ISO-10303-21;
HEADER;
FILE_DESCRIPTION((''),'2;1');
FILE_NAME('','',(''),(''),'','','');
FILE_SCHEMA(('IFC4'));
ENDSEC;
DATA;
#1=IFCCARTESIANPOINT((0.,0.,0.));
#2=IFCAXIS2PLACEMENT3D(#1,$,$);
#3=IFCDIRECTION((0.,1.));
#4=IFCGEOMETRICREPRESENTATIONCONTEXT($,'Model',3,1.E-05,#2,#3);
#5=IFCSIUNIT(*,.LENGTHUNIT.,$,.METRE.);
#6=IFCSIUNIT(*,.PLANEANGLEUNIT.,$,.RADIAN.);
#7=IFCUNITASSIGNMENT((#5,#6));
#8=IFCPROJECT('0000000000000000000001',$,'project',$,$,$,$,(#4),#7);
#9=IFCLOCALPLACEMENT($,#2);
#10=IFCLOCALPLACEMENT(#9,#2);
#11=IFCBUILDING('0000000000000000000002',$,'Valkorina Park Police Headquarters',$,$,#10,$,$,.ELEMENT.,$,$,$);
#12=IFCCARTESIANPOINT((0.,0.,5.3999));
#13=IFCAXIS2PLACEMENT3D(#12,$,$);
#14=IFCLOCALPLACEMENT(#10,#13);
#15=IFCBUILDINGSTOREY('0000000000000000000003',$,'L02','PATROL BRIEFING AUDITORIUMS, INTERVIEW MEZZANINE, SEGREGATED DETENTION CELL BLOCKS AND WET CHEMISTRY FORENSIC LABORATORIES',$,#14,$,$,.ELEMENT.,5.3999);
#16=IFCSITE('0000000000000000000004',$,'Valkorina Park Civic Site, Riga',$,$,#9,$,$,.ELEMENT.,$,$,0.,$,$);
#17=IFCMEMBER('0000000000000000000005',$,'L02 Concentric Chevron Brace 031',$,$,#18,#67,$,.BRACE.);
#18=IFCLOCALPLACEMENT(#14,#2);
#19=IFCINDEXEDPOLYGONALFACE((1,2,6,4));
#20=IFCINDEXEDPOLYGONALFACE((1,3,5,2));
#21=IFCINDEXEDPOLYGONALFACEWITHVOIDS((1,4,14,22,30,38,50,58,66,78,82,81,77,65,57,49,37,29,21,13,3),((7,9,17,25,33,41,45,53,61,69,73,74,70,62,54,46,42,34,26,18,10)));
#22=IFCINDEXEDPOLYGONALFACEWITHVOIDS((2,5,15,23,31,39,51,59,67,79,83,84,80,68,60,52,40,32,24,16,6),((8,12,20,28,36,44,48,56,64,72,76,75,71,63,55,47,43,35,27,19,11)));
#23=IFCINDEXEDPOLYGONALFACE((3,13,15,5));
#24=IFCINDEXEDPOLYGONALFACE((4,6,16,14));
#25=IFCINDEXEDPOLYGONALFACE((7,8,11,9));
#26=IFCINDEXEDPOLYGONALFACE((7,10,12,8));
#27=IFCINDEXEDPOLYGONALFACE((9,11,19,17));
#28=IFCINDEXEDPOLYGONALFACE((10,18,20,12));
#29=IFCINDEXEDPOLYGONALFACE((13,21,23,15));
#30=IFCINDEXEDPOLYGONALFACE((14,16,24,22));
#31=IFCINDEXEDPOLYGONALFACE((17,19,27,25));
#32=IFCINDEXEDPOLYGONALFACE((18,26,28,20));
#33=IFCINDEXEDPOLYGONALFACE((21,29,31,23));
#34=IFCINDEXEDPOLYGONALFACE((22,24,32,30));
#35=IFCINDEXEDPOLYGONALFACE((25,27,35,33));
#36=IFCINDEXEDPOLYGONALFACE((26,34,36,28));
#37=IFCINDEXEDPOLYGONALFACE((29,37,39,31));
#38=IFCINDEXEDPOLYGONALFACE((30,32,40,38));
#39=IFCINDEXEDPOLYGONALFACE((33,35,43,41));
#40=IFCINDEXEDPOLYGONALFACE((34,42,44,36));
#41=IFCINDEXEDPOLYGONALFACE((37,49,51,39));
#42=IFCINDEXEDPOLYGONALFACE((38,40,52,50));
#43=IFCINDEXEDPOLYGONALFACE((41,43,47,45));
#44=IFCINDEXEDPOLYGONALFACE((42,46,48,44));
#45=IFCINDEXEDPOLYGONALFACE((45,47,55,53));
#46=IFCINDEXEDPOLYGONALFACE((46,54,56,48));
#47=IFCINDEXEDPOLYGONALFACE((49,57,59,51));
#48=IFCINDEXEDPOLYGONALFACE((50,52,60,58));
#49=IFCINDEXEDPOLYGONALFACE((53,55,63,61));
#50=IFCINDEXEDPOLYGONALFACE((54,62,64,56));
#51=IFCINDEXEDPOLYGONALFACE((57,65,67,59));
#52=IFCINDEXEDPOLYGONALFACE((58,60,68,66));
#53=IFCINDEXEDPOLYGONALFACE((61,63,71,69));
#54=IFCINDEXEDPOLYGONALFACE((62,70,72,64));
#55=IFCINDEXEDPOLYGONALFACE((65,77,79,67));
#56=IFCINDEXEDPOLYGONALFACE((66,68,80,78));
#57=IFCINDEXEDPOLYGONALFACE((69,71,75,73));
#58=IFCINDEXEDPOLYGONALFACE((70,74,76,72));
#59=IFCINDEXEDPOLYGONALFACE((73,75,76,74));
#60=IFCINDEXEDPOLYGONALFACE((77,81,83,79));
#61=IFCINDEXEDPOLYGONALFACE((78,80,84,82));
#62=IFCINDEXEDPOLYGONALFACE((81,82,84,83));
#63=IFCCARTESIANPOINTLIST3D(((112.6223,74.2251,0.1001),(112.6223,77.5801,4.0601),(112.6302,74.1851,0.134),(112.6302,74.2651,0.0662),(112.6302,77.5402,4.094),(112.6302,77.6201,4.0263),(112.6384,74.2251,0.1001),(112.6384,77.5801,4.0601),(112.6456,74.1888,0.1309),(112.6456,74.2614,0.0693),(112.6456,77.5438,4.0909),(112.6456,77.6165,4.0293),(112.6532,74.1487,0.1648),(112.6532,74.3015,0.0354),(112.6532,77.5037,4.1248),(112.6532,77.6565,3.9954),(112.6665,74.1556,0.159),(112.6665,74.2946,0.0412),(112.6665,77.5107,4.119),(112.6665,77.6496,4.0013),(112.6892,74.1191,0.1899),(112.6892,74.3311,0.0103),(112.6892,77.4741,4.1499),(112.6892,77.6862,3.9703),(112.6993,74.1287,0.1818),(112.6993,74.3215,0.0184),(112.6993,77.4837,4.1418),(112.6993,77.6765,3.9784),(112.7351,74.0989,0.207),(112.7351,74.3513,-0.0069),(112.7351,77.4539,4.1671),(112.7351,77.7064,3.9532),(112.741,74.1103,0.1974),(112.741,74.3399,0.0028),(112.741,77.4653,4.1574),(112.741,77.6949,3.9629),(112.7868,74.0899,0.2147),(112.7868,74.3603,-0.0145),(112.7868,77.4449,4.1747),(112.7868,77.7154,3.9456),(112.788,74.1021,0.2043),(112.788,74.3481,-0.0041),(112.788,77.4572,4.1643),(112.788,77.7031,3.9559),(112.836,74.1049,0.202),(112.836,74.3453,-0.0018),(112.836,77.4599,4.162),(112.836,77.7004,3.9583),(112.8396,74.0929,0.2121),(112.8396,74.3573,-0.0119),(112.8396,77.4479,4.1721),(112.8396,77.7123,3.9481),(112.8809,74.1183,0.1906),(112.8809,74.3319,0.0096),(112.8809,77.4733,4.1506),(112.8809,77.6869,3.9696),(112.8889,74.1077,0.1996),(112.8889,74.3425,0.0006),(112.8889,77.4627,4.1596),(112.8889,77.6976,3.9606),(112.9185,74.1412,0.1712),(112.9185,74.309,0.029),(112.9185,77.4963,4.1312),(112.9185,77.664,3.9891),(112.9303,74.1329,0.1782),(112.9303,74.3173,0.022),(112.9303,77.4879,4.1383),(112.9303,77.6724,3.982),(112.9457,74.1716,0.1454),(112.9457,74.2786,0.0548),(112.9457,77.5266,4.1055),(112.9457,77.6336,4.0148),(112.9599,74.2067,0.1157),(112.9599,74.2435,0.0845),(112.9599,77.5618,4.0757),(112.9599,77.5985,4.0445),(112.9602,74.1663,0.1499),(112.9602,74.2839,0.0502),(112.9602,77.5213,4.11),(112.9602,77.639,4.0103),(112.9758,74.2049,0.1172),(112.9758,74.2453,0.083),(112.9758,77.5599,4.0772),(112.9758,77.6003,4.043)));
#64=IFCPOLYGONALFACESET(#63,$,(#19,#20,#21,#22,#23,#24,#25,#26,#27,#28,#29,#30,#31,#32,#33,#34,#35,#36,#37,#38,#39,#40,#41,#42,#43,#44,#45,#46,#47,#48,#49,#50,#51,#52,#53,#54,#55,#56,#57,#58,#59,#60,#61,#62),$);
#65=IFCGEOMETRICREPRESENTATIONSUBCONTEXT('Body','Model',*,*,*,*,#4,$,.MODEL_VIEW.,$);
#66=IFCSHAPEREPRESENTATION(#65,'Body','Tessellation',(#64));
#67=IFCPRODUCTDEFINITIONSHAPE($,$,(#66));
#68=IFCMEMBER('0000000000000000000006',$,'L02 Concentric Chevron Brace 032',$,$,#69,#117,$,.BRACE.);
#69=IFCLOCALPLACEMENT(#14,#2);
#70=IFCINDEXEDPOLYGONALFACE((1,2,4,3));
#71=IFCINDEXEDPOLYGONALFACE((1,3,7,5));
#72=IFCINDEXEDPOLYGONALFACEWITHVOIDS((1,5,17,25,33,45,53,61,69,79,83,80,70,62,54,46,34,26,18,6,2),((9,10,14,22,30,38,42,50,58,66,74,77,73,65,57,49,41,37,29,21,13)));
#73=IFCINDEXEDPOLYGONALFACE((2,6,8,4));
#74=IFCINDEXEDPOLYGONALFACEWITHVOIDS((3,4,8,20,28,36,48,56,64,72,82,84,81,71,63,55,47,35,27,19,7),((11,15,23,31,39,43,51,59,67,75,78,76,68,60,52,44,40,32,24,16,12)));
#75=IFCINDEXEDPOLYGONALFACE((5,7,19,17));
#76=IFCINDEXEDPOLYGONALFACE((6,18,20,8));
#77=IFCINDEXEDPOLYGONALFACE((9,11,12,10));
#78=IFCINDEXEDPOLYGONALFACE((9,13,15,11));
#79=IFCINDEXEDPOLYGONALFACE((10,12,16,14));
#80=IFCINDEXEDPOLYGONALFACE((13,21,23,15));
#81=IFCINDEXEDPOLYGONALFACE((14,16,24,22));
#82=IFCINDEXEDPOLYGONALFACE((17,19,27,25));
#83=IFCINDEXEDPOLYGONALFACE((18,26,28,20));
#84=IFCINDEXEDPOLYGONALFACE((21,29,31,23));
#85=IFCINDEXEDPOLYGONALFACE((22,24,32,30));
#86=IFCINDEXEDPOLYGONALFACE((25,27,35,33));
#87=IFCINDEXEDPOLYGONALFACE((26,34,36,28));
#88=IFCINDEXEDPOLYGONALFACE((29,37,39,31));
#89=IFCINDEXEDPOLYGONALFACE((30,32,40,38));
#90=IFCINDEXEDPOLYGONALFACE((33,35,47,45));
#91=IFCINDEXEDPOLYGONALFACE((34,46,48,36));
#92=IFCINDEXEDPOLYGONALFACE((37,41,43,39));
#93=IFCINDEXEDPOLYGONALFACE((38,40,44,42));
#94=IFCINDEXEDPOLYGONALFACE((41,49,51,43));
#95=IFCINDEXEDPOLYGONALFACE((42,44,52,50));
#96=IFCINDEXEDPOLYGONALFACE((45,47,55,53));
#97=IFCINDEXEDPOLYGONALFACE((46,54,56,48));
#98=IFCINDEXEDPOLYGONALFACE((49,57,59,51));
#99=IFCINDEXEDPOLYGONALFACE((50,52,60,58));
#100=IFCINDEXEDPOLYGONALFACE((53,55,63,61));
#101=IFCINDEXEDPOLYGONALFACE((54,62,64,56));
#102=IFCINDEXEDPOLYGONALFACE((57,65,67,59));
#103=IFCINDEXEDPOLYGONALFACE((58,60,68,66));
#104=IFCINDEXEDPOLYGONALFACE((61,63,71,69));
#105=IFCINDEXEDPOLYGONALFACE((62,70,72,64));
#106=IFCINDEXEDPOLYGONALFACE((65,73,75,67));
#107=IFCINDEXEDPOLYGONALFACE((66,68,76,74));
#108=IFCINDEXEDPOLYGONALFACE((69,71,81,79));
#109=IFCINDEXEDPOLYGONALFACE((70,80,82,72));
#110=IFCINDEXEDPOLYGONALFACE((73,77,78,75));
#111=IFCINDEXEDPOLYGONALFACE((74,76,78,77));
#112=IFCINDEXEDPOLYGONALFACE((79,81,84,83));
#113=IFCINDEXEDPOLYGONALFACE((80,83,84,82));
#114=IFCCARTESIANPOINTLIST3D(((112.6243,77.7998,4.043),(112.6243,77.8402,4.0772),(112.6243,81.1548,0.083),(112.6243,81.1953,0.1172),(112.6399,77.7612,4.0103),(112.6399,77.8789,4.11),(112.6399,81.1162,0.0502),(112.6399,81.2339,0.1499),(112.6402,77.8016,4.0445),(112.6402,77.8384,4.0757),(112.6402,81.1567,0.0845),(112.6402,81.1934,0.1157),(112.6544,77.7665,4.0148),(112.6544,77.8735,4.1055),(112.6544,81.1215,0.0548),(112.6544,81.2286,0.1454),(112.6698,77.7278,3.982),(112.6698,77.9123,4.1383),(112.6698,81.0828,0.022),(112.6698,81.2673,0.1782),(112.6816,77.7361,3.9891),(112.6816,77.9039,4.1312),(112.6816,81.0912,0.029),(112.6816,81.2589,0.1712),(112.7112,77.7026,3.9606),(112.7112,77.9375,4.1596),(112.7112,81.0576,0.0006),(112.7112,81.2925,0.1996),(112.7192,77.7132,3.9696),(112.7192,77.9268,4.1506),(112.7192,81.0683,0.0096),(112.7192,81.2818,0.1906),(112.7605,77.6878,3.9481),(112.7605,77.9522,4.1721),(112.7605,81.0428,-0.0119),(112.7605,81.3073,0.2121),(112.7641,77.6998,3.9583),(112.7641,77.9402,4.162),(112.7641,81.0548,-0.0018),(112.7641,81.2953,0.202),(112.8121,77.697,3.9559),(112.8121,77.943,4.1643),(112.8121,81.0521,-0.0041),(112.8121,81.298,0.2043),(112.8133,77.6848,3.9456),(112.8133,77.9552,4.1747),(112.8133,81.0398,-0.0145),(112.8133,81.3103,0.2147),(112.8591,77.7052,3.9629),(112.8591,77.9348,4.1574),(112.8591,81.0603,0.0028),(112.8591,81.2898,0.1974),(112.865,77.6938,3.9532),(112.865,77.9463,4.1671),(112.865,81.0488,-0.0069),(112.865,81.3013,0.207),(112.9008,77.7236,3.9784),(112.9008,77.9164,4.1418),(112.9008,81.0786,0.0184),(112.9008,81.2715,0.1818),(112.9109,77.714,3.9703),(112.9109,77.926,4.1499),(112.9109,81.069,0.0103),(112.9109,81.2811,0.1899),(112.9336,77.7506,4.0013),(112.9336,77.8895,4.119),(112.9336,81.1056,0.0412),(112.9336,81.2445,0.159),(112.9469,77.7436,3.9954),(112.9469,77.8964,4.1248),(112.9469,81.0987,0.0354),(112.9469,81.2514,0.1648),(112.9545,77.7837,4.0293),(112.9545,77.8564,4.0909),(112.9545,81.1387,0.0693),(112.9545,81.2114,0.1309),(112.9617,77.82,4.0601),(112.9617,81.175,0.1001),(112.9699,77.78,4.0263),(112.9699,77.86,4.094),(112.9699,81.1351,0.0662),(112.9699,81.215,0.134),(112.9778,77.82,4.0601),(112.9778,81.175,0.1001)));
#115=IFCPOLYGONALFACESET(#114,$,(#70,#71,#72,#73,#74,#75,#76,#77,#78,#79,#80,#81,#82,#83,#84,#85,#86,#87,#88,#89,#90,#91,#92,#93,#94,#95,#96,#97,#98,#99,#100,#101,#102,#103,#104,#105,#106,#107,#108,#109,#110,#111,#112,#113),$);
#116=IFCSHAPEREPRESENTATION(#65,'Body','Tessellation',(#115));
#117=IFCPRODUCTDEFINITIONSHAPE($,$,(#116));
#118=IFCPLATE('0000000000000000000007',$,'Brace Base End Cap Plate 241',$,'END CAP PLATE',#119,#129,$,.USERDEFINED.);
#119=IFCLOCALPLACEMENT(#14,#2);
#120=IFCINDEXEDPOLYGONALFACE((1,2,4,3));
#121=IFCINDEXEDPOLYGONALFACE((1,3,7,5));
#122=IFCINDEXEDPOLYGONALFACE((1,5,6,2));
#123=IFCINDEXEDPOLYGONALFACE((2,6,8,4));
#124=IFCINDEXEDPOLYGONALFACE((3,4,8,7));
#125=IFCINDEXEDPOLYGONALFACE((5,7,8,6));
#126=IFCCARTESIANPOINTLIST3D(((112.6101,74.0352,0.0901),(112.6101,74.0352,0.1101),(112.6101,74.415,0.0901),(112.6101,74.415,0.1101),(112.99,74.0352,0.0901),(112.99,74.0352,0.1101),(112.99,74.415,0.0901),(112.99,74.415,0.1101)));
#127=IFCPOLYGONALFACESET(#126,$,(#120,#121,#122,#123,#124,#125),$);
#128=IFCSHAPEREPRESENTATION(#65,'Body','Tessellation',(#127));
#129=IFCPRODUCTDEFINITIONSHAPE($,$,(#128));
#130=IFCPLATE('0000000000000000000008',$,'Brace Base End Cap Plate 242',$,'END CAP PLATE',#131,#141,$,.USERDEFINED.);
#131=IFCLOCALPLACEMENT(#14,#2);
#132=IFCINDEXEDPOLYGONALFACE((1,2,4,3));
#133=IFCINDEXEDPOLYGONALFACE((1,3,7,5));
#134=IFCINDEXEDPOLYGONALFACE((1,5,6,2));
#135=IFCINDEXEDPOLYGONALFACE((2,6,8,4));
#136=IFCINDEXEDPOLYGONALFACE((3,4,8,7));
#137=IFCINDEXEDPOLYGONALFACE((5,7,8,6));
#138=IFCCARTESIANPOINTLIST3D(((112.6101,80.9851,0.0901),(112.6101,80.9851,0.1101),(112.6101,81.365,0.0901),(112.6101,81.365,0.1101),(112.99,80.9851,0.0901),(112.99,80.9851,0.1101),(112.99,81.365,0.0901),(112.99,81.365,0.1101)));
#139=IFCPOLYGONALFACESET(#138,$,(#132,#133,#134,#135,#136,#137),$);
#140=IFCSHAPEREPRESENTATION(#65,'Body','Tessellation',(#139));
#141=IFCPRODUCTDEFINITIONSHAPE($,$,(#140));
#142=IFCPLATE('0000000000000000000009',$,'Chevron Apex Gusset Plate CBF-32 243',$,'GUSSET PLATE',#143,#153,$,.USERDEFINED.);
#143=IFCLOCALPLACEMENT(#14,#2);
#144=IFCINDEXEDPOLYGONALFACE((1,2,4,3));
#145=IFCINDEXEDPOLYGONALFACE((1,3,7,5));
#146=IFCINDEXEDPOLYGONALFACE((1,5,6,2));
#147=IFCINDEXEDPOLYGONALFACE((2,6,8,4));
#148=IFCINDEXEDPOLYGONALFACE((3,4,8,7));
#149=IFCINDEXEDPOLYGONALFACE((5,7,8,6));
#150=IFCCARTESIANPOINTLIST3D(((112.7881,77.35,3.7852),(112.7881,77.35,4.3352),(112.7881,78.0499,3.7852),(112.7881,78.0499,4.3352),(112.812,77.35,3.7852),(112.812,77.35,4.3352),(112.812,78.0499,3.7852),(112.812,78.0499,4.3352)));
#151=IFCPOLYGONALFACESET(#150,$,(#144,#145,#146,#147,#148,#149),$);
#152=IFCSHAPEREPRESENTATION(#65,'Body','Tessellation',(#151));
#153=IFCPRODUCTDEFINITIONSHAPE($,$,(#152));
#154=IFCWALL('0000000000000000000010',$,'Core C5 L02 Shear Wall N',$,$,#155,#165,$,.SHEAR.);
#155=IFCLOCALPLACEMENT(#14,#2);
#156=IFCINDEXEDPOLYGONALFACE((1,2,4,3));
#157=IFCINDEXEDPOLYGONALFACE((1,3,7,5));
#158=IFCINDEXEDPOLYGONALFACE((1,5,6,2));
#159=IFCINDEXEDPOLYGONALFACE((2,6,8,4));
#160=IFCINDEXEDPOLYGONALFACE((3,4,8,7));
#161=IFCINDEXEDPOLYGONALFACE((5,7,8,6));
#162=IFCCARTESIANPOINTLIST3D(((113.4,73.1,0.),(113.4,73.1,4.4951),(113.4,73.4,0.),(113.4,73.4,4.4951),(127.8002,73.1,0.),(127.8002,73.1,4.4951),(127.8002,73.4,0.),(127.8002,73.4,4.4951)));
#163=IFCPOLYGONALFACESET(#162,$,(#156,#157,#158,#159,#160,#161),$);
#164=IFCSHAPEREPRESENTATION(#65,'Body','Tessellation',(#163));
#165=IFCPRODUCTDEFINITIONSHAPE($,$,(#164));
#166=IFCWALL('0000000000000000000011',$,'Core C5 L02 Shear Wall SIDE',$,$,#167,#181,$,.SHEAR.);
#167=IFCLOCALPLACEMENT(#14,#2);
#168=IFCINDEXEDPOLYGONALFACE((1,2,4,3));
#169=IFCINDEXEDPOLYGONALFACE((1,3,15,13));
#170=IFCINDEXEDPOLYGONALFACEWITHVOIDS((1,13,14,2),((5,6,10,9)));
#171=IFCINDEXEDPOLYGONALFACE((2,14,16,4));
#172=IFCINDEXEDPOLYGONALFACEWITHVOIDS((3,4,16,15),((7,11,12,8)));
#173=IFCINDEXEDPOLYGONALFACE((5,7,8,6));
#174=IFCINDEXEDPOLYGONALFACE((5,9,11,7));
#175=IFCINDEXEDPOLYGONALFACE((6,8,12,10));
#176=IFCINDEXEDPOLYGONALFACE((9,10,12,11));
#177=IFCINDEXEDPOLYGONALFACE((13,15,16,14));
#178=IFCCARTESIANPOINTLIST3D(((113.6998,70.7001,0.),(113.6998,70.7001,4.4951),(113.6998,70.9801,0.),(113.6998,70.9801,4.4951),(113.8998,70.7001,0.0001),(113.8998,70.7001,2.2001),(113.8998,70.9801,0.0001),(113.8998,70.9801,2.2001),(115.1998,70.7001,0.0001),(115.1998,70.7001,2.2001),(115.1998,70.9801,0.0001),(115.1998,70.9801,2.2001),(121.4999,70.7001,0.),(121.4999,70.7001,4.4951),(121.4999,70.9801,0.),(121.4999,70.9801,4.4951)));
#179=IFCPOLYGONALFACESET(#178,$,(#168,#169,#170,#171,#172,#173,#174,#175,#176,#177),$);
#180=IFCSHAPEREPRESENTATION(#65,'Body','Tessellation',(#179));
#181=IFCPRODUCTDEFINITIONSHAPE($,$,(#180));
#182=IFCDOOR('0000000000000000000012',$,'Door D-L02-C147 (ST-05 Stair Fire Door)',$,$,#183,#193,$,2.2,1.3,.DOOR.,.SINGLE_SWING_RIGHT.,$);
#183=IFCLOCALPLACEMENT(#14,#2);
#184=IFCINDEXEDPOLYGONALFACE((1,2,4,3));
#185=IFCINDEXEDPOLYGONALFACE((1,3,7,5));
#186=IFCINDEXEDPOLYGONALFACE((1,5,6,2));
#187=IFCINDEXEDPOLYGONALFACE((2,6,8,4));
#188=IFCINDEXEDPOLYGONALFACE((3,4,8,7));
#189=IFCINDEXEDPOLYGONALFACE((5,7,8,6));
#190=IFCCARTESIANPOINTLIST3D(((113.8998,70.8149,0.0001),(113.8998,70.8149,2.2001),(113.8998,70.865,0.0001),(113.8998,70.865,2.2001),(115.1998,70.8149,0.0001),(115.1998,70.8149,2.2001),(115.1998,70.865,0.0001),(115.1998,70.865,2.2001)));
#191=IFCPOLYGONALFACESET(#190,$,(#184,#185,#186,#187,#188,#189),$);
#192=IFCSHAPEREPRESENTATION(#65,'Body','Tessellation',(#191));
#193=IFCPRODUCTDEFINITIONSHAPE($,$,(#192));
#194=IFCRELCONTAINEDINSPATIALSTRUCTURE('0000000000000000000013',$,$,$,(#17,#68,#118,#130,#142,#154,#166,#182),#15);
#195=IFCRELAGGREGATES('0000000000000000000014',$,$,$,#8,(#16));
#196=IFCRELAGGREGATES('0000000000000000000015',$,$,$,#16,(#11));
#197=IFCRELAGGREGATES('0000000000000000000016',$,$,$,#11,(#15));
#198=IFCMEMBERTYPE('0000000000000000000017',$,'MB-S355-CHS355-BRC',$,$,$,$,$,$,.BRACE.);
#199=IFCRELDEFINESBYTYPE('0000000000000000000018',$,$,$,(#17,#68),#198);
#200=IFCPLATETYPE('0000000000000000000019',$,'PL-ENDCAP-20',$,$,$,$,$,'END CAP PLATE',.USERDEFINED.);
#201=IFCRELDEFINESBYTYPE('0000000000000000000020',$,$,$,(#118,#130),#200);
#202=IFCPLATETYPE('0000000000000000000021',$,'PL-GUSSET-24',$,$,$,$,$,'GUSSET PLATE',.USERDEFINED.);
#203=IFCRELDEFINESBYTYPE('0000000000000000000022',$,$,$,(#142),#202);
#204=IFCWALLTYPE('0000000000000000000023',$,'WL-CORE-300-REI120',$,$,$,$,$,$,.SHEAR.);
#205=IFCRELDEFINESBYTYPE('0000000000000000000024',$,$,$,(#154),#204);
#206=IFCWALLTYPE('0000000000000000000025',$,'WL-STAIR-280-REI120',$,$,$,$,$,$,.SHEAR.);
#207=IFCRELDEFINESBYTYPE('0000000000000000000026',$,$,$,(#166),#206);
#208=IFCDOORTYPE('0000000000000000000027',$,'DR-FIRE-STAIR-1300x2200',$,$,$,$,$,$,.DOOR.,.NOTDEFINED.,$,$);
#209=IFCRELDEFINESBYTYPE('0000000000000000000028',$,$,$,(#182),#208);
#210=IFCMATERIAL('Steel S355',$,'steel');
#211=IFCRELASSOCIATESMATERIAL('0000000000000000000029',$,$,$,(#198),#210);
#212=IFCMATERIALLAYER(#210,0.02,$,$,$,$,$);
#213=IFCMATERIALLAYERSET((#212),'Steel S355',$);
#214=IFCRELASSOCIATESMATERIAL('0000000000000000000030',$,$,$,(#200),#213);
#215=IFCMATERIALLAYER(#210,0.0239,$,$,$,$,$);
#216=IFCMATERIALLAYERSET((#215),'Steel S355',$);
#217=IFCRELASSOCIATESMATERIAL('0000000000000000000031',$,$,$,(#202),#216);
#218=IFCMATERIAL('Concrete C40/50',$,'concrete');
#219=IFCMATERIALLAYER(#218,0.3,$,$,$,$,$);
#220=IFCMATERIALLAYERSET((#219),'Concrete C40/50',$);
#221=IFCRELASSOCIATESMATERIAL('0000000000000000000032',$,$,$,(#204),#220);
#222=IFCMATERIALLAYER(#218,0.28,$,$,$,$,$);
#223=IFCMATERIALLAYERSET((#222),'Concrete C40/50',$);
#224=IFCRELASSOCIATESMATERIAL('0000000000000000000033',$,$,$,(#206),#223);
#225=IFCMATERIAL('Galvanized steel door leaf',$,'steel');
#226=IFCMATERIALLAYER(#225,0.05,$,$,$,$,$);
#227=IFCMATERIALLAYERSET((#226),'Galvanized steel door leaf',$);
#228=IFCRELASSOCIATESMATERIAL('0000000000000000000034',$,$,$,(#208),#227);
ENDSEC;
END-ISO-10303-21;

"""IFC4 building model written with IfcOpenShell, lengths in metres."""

from ifc_helpers import new_model, si_unit, direction, frame, frame_2d, origin, origin_2d, place, context, subcontext, project, spatial, rectangle, hollow_circle, extrude, material, layer, layer_set, material_profile, profile_set, type_object, element, fill, save


model = new_model("IFC4")

# Units and contexts
model_context = context("Model", 3, precision=1e-05, world=origin(), true_north=direction((0.0, 1.0)))
body_context = subcontext(model_context, "Body", "Model", "MODEL_VIEW")
ifc_project = project(units=[si_unit("LENGTHUNIT", "METRE"), si_unit("PLANEANGLEUNIT", "RADIAN")], contexts=[model_context])

# Site, building, storey
site_placement = place(None, origin())
site = spatial("IfcSite", under=ifc_project, at=site_placement, Name="Valkorina Park Civic Site, Riga", CompositionType="ELEMENT", RefElevation=0.0)
building_placement = place(site_placement, origin())
building = spatial("IfcBuilding", under=site, at=building_placement, Name="Valkorina Park Police Headquarters", CompositionType="ELEMENT")
storey_placement = place(building_placement, frame((0.0, 0.0, 5.3999)))
storey = spatial("IfcBuildingStorey", under=building, at=storey_placement, Name="L02", Description="PATROL BRIEFING AUDITORIUMS, INTERVIEW MEZZANINE, SEGREGATED DETENTION CELL BLOCKS AND WET CHEMISTRY FORENSIC LABORATORIES", CompositionType="ELEMENT", Elevation=5.3999)

# Shared definitions
ifc_material_1 = material(Name="Steel S355", Category="steel")

# Members
ifc_material_profile_1 = material_profile(ifc_material_1, hollow_circle(Radius=0.1777, WallThickness=0.0161, at=origin_2d()), Name="CHS 355.6x16")
ifc_profile_set_1 = profile_set([ifc_material_profile_1], Name="Steel S355")
member_type = type_object("IfcMemberType", Name="MB-S355-CHS355-BRC", PredefinedType="BRACE", material=ifc_profile_set_1)
for number, where, z_axis, x_axis, name in (
    (1, (112.8, 74.2251, 0.1001), (0.0, 0.646419, 0.762983), (-1.0, 0.0, 0.0), "L02 Concentric Chevron Brace 031"),
    (2, (112.8, 81.175, 0.1001), (0.0, -0.646419, 0.762983), (1.0, 0.0, 0.0), "L02 Concentric Chevron Brace 032"),
):
    element("IfcMember", number, at=place(storey_placement, frame(where, z_axis=z_axis, x_axis=x_axis)), inside=storey, type_object=member_type, Name=name, PredefinedType="BRACE", context=body_context, shape_type="SweptSolid", body=[
        extrude(hollow_circle(Radius=0.1777, WallThickness=0.0161, at=origin_2d()), origin(), (0.0, 0.0, 1.0), 5.1902),
    ])

# Plates
ifc_layer_1 = layer(ifc_material_1, 0.02)
ifc_layer_set_1 = layer_set([ifc_layer_1], Name="Steel S355")
plate_type_1 = type_object("IfcPlateType", Name="PL-ENDCAP-20", ElementType="END CAP PLATE", PredefinedType="USERDEFINED", material=ifc_layer_set_1)
for number, where, z_axis, x_axis, name in (
    (3, (112.8, 74.2251, 0.0901), (0.0, 0.0, 1.0), (1.0, 0.0, 0.0), "Brace Base End Cap Plate 241"),
    (4, (112.8, 81.175, 0.0901), (0.0, 0.0, 1.0), (1.0, 0.0, 0.0), "Brace Base End Cap Plate 242"),
):
    element("IfcPlate", number, at=place(storey_placement, frame(where, z_axis=z_axis, x_axis=x_axis)), inside=storey, type_object=plate_type_1, Name=name, ObjectType="END CAP PLATE", PredefinedType="USERDEFINED", context=body_context, shape_type="SweptSolid", body=[
        extrude(rectangle(XDim=0.3799, YDim=0.3799, at=origin_2d()), origin(), (0.0, 0.0, 1.0), 0.02),
    ])
ifc_layer_2 = layer(ifc_material_1, 0.0239)
ifc_layer_set_2 = layer_set([ifc_layer_2], Name="Steel S355")
plate_type_2 = type_object("IfcPlateType", Name="PL-GUSSET-24", ElementType="GUSSET PLATE", PredefinedType="USERDEFINED", material=ifc_layer_set_2)
plate_placement = place(storey_placement, frame((112.8, 77.7, 3.7852), z_axis=(0.0, 0.0, 1.0), x_axis=(1.0, 0.0, 0.0)))
element("IfcPlate", 5, at=plate_placement, inside=storey, type_object=plate_type_2, Name="Chevron Apex Gusset Plate CBF-32 243", ObjectType="GUSSET PLATE", PredefinedType="USERDEFINED", context=body_context, shape_type="SweptSolid", body=[
    extrude(rectangle(XDim=0.0239, YDim=0.7, at=origin_2d()), origin(), (0.0, 0.0, 1.0), 0.55),
])

# Wall
ifc_material_2 = material(Name="Concrete C40/50", Category="concrete")
ifc_layer_3 = layer(ifc_material_2, 0.3)
ifc_layer_set_3 = layer_set([ifc_layer_3], Name="Concrete C40/50")
wall_type_1 = type_object("IfcWallType", Name="WL-CORE-300-REI120", PredefinedType="SHEAR", material=ifc_layer_set_3)
wall_1_placement = place(storey_placement, frame((113.3999, 73.25, 0.0), z_axis=(0.0, 0.0, 1.0), x_axis=(1.0, 0.0, 0.0)))
element("IfcWall", 6, at=wall_1_placement, inside=storey, type_object=wall_type_1, Name="Core C5 L02 Shear Wall N", PredefinedType="SHEAR", context=body_context, shape_type="SweptSolid", body=[
    extrude(rectangle(XDim=14.4001, YDim=0.3, at=frame_2d((7.2002, 0.0))), origin(), (0.0, 0.0, 1.0), 4.4951),
])

# Wall, opening, door
ifc_layer_4 = layer(ifc_material_2, 0.28)
ifc_layer_set_4 = layer_set([ifc_layer_4], Name="Concrete C40/50")
wall_type_2 = type_object("IfcWallType", Name="WL-STAIR-280-REI120", PredefinedType="SHEAR", material=ifc_layer_set_4)
wall_2_placement = place(storey_placement, frame((113.7, 70.8401, 0.0), z_axis=(0.0, 0.0, 1.0), x_axis=(1.0, 0.0, 0.0)))
wall_2 = element("IfcWall", 7, at=wall_2_placement, inside=storey, type_object=wall_type_2, Name="Core C5 L02 Shear Wall SIDE", PredefinedType="SHEAR", context=body_context, shape_type="SweptSolid", body=[
    extrude(rectangle(XDim=7.8, YDim=0.28, at=frame_2d((3.8999, 0.0))), origin(), (0.0, 0.0, 1.0), 4.4951),
])
opening_placement = place(wall_2_placement, frame((0.2, 0.0, 0.0)))
opening = element("IfcOpeningElement", 8, at=opening_placement, cuts=wall_2, PredefinedType="OPENING", context=body_context, shape_type="SweptSolid", body=[
    extrude(rectangle(XDim=1.3, YDim=2.2, at=frame_2d((0.6499, 1.1001))), frame((0.0, 0.1499, 0.0), z_axis=(0.0, -1.0, 0.0), x_axis=(1.0, 0.0, 0.0)), (0.0, 0.0, 1.0), 0.3),
])
ifc_material_3 = material(Name="Galvanized steel door leaf", Category="steel")
ifc_layer_5 = layer(ifc_material_3, 0.05)
ifc_layer_set_5 = layer_set([ifc_layer_5], Name="Galvanized steel door leaf")
door_type = type_object("IfcDoorType", Name="DR-FIRE-STAIR-1300x2200", OperationType="NOTDEFINED", PredefinedType="DOOR", material=ifc_layer_set_5)
door_placement = place(opening_placement, origin())
door = element("IfcDoor", 9, at=door_placement, inside=storey, type_object=door_type, Name="Door D-L02-C147 (ST-05 Stair Fire Door)", OperationType="SINGLE_SWING_RIGHT", OverallHeight=2.2, OverallWidth=1.3, PredefinedType="DOOR", context=body_context, shape_type="SweptSolid", body=[
    extrude(rectangle(XDim=1.3, YDim=2.2, at=frame_2d((0.6499, 1.1001))), frame((0.0, 0.0249, 0.0), z_axis=(0.0, -1.0, 0.0), x_axis=(1.0, 0.0, 0.0)), (0.0, 0.0, 1.0), 0.05),
])
fill(opening, door)

save(model, "model.ifc")
